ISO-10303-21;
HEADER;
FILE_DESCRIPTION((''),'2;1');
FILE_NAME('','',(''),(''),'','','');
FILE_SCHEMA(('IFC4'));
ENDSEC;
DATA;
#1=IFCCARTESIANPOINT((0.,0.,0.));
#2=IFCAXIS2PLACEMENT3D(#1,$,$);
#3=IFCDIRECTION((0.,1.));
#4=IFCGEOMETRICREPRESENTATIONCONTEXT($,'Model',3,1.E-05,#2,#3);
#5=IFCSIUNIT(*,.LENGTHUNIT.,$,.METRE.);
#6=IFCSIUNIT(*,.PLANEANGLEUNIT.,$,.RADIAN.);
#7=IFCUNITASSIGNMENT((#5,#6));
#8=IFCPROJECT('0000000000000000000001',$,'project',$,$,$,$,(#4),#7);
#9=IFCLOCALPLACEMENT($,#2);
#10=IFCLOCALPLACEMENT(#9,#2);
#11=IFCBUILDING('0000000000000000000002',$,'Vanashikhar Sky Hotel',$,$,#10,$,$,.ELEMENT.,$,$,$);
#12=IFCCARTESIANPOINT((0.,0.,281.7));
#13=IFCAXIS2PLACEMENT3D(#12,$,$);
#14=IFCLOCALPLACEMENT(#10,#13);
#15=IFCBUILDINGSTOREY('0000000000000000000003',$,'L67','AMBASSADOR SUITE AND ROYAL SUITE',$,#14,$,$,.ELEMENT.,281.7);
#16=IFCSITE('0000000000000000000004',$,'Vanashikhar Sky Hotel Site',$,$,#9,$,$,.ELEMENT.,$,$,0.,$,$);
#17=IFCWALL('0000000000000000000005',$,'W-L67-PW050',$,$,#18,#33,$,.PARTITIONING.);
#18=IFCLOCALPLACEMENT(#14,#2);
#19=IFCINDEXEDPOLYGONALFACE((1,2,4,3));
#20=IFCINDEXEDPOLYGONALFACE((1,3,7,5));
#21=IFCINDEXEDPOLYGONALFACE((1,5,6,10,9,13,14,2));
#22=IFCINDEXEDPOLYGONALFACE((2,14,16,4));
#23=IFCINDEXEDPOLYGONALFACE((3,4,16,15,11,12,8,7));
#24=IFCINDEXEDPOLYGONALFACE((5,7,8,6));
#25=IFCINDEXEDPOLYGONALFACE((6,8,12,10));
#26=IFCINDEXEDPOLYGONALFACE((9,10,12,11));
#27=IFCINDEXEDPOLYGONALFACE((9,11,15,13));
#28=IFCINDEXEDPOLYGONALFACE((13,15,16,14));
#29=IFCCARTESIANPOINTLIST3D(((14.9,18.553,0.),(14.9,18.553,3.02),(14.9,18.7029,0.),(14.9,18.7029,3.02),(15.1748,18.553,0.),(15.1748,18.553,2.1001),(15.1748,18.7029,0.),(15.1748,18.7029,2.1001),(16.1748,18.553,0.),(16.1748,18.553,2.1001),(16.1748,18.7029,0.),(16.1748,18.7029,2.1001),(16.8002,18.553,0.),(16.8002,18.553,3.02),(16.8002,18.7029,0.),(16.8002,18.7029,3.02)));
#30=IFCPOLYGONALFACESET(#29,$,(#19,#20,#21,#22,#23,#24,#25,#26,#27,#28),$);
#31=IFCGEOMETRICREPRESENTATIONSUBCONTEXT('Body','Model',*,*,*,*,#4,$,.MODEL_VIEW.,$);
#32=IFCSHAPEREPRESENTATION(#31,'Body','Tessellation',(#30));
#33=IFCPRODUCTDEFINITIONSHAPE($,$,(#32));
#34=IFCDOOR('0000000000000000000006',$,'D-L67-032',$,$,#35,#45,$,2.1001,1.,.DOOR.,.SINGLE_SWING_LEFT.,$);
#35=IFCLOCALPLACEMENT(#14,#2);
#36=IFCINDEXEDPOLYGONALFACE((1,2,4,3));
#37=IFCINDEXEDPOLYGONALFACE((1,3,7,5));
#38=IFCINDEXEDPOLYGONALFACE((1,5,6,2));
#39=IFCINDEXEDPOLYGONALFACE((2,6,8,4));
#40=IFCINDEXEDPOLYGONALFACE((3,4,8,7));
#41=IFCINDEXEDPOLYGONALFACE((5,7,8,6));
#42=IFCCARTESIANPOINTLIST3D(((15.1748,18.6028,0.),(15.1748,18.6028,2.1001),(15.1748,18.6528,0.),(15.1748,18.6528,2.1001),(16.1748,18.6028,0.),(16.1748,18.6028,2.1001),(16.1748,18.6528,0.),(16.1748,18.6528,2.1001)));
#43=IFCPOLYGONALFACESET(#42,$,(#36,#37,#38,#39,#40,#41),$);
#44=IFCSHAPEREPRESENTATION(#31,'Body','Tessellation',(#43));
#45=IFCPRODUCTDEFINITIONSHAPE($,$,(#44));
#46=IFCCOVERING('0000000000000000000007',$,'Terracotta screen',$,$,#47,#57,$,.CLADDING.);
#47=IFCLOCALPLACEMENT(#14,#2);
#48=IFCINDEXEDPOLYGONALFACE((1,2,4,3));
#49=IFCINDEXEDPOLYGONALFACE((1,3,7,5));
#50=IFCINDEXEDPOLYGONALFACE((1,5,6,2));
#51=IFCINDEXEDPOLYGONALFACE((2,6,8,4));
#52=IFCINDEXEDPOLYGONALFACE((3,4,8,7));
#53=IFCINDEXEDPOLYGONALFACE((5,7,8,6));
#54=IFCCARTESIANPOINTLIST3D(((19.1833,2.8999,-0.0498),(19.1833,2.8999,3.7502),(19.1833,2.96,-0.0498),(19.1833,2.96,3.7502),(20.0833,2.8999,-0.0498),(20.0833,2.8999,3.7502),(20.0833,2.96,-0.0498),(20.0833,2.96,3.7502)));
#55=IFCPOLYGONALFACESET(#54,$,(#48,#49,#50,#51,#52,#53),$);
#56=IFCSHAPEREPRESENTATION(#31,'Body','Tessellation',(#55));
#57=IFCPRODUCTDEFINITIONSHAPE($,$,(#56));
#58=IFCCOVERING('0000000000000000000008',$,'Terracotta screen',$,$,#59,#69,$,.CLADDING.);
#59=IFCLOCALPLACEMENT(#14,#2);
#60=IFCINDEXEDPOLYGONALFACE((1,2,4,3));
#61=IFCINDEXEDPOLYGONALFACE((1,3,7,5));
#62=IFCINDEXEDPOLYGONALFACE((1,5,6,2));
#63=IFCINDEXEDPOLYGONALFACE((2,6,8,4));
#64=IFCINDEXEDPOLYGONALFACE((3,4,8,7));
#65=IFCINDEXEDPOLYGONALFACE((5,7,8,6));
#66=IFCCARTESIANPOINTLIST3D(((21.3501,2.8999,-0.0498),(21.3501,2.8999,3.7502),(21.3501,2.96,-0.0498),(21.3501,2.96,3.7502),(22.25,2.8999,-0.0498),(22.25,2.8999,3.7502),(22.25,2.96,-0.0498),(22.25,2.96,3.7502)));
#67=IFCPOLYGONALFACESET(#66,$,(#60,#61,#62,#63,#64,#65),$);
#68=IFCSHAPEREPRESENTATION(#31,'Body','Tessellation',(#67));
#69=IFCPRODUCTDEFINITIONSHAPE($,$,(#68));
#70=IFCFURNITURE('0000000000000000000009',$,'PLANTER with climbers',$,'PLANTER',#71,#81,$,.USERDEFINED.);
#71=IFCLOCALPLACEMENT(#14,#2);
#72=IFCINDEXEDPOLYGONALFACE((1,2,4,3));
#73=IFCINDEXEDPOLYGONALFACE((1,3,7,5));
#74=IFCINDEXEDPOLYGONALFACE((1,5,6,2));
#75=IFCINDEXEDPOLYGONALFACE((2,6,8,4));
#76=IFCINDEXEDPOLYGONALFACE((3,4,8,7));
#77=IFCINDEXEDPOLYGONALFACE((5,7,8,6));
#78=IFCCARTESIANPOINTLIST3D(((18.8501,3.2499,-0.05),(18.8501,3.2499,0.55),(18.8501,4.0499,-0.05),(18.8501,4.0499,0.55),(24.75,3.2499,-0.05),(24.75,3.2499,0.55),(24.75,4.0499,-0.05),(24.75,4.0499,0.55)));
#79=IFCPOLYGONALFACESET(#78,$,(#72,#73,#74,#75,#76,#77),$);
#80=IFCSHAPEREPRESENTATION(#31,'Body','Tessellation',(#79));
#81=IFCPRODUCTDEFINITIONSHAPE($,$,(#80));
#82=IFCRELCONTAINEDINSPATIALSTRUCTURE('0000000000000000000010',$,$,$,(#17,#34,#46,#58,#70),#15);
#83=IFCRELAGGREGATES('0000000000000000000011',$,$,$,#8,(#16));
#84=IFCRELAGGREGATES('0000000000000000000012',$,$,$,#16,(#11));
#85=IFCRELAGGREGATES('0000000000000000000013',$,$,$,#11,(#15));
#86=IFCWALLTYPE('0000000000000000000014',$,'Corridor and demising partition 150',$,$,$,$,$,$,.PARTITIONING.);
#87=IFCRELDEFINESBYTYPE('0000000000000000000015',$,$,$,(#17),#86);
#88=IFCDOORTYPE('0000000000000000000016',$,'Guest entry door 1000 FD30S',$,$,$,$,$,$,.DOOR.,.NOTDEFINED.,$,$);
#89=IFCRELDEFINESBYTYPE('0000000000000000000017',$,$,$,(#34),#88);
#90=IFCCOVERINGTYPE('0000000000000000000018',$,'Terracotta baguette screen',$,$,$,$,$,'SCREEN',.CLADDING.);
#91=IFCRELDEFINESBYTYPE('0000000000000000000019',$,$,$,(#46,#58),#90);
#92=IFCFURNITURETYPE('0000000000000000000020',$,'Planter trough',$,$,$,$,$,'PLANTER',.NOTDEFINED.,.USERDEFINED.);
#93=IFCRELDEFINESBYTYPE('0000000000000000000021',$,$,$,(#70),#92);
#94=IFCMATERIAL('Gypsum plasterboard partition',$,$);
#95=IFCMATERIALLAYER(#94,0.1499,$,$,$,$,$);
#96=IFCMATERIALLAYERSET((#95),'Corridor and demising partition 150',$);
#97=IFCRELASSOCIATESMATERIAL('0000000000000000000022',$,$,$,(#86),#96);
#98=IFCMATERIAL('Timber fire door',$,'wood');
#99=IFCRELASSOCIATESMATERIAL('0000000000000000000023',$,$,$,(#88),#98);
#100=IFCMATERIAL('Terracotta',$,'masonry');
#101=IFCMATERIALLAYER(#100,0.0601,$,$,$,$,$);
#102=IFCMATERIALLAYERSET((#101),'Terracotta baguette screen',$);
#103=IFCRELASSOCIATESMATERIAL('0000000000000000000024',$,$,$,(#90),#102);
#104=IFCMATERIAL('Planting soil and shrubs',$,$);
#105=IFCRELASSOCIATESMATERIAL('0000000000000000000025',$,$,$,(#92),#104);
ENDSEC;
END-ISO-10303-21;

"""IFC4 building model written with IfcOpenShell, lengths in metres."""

from ifc_helpers import new_model, si_unit, direction, frame, frame_2d, origin, origin_2d, place, context, subcontext, project, spatial, rectangle, extrude, source, transform, mapped, material, layer, layer_set, type_object, element, fill, save


model = new_model("IFC4")

# Units and contexts
model_context = context("Model", 3, precision=1e-05, world=origin(), true_north=direction((0.0, 1.0)))
body_context = subcontext(model_context, "Body", "Model", "MODEL_VIEW")
ifc_project = project(units=[si_unit("LENGTHUNIT", "METRE"), si_unit("PLANEANGLEUNIT", "RADIAN")], contexts=[model_context])

# Site, building, storey
site_placement = place(None, origin())
site = spatial("IfcSite", under=ifc_project, at=site_placement, Name="Vanashikhar Sky Hotel Site", CompositionType="ELEMENT", RefElevation=0.0)
building_placement = place(site_placement, origin())
building = spatial("IfcBuilding", under=site, at=building_placement, Name="Vanashikhar Sky Hotel", CompositionType="ELEMENT")
storey_placement = place(building_placement, frame((0.0, 0.0, 281.7)))
storey = spatial("IfcBuildingStorey", under=building, at=storey_placement, Name="L67", Description="AMBASSADOR SUITE AND ROYAL SUITE", CompositionType="ELEMENT", Elevation=281.7)

# Shared definitions
ifc_material_1 = material(Name="Gypsum plasterboard partition")

# Wall, opening, door
ifc_layer_1 = layer(ifc_material_1, 0.1499)
ifc_layer_set_1 = layer_set([ifc_layer_1], Name="Corridor and demising partition 150")
wall_type_1 = type_object("IfcWallType", Name="Corridor and demising partition 150", PredefinedType="PARTITIONING", material=ifc_layer_set_1)
shared_shape_1 = source(origin(), body_context, "Body", "SweptSolid", [
    extrude(rectangle(XDim=1.9001, YDim=0.1499, at=frame_2d((0.9502, 0.0))), origin(), (0.0, 0.0, 1.0), 3.02),
])
wall_1_placement = place(storey_placement, frame((14.8999, 18.6279, 0.0), z_axis=(0.0, 0.0, 1.0), x_axis=(1.0, 0.0, 0.0)))
wall_1 = element("IfcWall", 1, at=wall_1_placement, inside=storey, type_object=wall_type_1, Name="W-L67-PW050", PredefinedType="PARTITIONING", context=body_context, shape_type="MappedRepresentation", body=[
    mapped(shared_shape_1, transform((0.0, 0.0, 0.0), scale=1.0)),
])
shared_shape_2 = source(origin(), body_context, "Body", "SweptSolid", [
    extrude(rectangle(XDim=1.0, YDim=2.1001, at=frame_2d((0.5, 1.05))), frame((0.0, 0.085, 0.0), z_axis=(0.0, -1.0, 0.0), x_axis=(1.0, 0.0, 0.0)), (0.0, 0.0, 1.0), 0.1699),
])
opening_1_placement = place(wall_1_placement, frame((0.2749, 0.0, 0.0)))
opening_1 = element("IfcOpeningElement", 2, at=opening_1_placement, cuts=wall_1, PredefinedType="OPENING", context=body_context, shape_type="MappedRepresentation", body=[
    mapped(shared_shape_2, transform((0.0, 0.0, 0.0), scale=1.0)),
])
ifc_material_2 = material(Name="Timber fire door", Category="wood")
door_type_1 = type_object("IfcDoorType", Name="Guest entry door 1000 FD30S", OperationType="NOTDEFINED", PredefinedType="DOOR", material=ifc_material_2)
shared_shape_3 = source(origin(), body_context, "Body", "SweptSolid", [
    extrude(rectangle(XDim=1.0, YDim=2.1001, at=frame_2d((0.5, 1.05))), frame((0.0, 0.0249, 0.0), z_axis=(0.0, -1.0, 0.0), x_axis=(1.0, 0.0, 0.0)), (0.0, 0.0, 1.0), 0.05),
])
door_1_placement = place(opening_1_placement, origin())
door_1 = element("IfcDoor", 3, at=door_1_placement, inside=storey, type_object=door_type_1, Name="D-L67-032", OperationType="SINGLE_SWING_LEFT", OverallHeight=2.1001, OverallWidth=1.0, PredefinedType="DOOR", context=body_context, shape_type="MappedRepresentation", body=[
    mapped(shared_shape_3, transform((0.0, 0.0, 0.0), scale=1.0)),
])
fill(opening_1, door_1)

# Coverings
ifc_material_3 = material(Name="Terracotta", Category="masonry")
ifc_layer_2 = layer(ifc_material_3, 0.0601)
ifc_layer_set_2 = layer_set([ifc_layer_2], Name="Terracotta baguette screen")
covering_type = type_object("IfcCoveringType", Name="Terracotta baguette screen", ElementType="SCREEN", PredefinedType="CLADDING", material=ifc_layer_set_2)
shared_shape_4 = source(origin(), body_context, "Body", "SweptSolid", [
    extrude(rectangle(XDim=0.8999, YDim=0.0601, at=origin_2d()), origin(), (0.0, 0.0, 1.0), 3.8),
])
for number, where, z_axis, x_axis, name in (
    (4, (19.6333, 2.9299, -0.0498), (0.0, 0.0, 1.0), (1.0, 0.0, 0.0), "Terracotta screen"),
    (5, (21.8, 2.9299, -0.0498), (0.0, 0.0, 1.0), (1.0, 0.0, 0.0), "Terracotta screen"),
):
    element("IfcCovering", number, at=place(storey_placement, frame(where, z_axis=z_axis, x_axis=x_axis)), inside=storey, type_object=covering_type, Name=name, PredefinedType="CLADDING", context=body_context, shape_type="MappedRepresentation", body=[
        mapped(shared_shape_4, transform((0.0, 0.0, 0.0), scale=1.0)),
    ])

# Furniture
ifc_material_4 = material(Name="Planting soil and shrubs")
furniture_type = type_object("IfcFurnitureType", Name="Planter trough", ElementType="PLANTER", AssemblyPlace="NOTDEFINED", PredefinedType="USERDEFINED", material=ifc_material_4)
shared_shape_5 = source(origin(), body_context, "Body", "SweptSolid", [
    extrude(rectangle(XDim=5.8999, YDim=0.8, at=origin_2d()), origin(), (0.0, 0.0, 1.0), 0.6001),
])
furniture_placement = place(storey_placement, frame((21.8, 3.6499, -0.05), z_axis=(0.0, 0.0, 1.0), x_axis=(1.0, 0.0, 0.0)))
element("IfcFurniture", 6, at=furniture_placement, inside=storey, type_object=furniture_type, Name="PLANTER with climbers", ObjectType="PLANTER", PredefinedType="USERDEFINED", context=body_context, shape_type="MappedRepresentation", body=[
    mapped(shared_shape_5, transform((0.0, 0.0, 0.0), scale=1.0)),
])

save(model, "model.ifc")
